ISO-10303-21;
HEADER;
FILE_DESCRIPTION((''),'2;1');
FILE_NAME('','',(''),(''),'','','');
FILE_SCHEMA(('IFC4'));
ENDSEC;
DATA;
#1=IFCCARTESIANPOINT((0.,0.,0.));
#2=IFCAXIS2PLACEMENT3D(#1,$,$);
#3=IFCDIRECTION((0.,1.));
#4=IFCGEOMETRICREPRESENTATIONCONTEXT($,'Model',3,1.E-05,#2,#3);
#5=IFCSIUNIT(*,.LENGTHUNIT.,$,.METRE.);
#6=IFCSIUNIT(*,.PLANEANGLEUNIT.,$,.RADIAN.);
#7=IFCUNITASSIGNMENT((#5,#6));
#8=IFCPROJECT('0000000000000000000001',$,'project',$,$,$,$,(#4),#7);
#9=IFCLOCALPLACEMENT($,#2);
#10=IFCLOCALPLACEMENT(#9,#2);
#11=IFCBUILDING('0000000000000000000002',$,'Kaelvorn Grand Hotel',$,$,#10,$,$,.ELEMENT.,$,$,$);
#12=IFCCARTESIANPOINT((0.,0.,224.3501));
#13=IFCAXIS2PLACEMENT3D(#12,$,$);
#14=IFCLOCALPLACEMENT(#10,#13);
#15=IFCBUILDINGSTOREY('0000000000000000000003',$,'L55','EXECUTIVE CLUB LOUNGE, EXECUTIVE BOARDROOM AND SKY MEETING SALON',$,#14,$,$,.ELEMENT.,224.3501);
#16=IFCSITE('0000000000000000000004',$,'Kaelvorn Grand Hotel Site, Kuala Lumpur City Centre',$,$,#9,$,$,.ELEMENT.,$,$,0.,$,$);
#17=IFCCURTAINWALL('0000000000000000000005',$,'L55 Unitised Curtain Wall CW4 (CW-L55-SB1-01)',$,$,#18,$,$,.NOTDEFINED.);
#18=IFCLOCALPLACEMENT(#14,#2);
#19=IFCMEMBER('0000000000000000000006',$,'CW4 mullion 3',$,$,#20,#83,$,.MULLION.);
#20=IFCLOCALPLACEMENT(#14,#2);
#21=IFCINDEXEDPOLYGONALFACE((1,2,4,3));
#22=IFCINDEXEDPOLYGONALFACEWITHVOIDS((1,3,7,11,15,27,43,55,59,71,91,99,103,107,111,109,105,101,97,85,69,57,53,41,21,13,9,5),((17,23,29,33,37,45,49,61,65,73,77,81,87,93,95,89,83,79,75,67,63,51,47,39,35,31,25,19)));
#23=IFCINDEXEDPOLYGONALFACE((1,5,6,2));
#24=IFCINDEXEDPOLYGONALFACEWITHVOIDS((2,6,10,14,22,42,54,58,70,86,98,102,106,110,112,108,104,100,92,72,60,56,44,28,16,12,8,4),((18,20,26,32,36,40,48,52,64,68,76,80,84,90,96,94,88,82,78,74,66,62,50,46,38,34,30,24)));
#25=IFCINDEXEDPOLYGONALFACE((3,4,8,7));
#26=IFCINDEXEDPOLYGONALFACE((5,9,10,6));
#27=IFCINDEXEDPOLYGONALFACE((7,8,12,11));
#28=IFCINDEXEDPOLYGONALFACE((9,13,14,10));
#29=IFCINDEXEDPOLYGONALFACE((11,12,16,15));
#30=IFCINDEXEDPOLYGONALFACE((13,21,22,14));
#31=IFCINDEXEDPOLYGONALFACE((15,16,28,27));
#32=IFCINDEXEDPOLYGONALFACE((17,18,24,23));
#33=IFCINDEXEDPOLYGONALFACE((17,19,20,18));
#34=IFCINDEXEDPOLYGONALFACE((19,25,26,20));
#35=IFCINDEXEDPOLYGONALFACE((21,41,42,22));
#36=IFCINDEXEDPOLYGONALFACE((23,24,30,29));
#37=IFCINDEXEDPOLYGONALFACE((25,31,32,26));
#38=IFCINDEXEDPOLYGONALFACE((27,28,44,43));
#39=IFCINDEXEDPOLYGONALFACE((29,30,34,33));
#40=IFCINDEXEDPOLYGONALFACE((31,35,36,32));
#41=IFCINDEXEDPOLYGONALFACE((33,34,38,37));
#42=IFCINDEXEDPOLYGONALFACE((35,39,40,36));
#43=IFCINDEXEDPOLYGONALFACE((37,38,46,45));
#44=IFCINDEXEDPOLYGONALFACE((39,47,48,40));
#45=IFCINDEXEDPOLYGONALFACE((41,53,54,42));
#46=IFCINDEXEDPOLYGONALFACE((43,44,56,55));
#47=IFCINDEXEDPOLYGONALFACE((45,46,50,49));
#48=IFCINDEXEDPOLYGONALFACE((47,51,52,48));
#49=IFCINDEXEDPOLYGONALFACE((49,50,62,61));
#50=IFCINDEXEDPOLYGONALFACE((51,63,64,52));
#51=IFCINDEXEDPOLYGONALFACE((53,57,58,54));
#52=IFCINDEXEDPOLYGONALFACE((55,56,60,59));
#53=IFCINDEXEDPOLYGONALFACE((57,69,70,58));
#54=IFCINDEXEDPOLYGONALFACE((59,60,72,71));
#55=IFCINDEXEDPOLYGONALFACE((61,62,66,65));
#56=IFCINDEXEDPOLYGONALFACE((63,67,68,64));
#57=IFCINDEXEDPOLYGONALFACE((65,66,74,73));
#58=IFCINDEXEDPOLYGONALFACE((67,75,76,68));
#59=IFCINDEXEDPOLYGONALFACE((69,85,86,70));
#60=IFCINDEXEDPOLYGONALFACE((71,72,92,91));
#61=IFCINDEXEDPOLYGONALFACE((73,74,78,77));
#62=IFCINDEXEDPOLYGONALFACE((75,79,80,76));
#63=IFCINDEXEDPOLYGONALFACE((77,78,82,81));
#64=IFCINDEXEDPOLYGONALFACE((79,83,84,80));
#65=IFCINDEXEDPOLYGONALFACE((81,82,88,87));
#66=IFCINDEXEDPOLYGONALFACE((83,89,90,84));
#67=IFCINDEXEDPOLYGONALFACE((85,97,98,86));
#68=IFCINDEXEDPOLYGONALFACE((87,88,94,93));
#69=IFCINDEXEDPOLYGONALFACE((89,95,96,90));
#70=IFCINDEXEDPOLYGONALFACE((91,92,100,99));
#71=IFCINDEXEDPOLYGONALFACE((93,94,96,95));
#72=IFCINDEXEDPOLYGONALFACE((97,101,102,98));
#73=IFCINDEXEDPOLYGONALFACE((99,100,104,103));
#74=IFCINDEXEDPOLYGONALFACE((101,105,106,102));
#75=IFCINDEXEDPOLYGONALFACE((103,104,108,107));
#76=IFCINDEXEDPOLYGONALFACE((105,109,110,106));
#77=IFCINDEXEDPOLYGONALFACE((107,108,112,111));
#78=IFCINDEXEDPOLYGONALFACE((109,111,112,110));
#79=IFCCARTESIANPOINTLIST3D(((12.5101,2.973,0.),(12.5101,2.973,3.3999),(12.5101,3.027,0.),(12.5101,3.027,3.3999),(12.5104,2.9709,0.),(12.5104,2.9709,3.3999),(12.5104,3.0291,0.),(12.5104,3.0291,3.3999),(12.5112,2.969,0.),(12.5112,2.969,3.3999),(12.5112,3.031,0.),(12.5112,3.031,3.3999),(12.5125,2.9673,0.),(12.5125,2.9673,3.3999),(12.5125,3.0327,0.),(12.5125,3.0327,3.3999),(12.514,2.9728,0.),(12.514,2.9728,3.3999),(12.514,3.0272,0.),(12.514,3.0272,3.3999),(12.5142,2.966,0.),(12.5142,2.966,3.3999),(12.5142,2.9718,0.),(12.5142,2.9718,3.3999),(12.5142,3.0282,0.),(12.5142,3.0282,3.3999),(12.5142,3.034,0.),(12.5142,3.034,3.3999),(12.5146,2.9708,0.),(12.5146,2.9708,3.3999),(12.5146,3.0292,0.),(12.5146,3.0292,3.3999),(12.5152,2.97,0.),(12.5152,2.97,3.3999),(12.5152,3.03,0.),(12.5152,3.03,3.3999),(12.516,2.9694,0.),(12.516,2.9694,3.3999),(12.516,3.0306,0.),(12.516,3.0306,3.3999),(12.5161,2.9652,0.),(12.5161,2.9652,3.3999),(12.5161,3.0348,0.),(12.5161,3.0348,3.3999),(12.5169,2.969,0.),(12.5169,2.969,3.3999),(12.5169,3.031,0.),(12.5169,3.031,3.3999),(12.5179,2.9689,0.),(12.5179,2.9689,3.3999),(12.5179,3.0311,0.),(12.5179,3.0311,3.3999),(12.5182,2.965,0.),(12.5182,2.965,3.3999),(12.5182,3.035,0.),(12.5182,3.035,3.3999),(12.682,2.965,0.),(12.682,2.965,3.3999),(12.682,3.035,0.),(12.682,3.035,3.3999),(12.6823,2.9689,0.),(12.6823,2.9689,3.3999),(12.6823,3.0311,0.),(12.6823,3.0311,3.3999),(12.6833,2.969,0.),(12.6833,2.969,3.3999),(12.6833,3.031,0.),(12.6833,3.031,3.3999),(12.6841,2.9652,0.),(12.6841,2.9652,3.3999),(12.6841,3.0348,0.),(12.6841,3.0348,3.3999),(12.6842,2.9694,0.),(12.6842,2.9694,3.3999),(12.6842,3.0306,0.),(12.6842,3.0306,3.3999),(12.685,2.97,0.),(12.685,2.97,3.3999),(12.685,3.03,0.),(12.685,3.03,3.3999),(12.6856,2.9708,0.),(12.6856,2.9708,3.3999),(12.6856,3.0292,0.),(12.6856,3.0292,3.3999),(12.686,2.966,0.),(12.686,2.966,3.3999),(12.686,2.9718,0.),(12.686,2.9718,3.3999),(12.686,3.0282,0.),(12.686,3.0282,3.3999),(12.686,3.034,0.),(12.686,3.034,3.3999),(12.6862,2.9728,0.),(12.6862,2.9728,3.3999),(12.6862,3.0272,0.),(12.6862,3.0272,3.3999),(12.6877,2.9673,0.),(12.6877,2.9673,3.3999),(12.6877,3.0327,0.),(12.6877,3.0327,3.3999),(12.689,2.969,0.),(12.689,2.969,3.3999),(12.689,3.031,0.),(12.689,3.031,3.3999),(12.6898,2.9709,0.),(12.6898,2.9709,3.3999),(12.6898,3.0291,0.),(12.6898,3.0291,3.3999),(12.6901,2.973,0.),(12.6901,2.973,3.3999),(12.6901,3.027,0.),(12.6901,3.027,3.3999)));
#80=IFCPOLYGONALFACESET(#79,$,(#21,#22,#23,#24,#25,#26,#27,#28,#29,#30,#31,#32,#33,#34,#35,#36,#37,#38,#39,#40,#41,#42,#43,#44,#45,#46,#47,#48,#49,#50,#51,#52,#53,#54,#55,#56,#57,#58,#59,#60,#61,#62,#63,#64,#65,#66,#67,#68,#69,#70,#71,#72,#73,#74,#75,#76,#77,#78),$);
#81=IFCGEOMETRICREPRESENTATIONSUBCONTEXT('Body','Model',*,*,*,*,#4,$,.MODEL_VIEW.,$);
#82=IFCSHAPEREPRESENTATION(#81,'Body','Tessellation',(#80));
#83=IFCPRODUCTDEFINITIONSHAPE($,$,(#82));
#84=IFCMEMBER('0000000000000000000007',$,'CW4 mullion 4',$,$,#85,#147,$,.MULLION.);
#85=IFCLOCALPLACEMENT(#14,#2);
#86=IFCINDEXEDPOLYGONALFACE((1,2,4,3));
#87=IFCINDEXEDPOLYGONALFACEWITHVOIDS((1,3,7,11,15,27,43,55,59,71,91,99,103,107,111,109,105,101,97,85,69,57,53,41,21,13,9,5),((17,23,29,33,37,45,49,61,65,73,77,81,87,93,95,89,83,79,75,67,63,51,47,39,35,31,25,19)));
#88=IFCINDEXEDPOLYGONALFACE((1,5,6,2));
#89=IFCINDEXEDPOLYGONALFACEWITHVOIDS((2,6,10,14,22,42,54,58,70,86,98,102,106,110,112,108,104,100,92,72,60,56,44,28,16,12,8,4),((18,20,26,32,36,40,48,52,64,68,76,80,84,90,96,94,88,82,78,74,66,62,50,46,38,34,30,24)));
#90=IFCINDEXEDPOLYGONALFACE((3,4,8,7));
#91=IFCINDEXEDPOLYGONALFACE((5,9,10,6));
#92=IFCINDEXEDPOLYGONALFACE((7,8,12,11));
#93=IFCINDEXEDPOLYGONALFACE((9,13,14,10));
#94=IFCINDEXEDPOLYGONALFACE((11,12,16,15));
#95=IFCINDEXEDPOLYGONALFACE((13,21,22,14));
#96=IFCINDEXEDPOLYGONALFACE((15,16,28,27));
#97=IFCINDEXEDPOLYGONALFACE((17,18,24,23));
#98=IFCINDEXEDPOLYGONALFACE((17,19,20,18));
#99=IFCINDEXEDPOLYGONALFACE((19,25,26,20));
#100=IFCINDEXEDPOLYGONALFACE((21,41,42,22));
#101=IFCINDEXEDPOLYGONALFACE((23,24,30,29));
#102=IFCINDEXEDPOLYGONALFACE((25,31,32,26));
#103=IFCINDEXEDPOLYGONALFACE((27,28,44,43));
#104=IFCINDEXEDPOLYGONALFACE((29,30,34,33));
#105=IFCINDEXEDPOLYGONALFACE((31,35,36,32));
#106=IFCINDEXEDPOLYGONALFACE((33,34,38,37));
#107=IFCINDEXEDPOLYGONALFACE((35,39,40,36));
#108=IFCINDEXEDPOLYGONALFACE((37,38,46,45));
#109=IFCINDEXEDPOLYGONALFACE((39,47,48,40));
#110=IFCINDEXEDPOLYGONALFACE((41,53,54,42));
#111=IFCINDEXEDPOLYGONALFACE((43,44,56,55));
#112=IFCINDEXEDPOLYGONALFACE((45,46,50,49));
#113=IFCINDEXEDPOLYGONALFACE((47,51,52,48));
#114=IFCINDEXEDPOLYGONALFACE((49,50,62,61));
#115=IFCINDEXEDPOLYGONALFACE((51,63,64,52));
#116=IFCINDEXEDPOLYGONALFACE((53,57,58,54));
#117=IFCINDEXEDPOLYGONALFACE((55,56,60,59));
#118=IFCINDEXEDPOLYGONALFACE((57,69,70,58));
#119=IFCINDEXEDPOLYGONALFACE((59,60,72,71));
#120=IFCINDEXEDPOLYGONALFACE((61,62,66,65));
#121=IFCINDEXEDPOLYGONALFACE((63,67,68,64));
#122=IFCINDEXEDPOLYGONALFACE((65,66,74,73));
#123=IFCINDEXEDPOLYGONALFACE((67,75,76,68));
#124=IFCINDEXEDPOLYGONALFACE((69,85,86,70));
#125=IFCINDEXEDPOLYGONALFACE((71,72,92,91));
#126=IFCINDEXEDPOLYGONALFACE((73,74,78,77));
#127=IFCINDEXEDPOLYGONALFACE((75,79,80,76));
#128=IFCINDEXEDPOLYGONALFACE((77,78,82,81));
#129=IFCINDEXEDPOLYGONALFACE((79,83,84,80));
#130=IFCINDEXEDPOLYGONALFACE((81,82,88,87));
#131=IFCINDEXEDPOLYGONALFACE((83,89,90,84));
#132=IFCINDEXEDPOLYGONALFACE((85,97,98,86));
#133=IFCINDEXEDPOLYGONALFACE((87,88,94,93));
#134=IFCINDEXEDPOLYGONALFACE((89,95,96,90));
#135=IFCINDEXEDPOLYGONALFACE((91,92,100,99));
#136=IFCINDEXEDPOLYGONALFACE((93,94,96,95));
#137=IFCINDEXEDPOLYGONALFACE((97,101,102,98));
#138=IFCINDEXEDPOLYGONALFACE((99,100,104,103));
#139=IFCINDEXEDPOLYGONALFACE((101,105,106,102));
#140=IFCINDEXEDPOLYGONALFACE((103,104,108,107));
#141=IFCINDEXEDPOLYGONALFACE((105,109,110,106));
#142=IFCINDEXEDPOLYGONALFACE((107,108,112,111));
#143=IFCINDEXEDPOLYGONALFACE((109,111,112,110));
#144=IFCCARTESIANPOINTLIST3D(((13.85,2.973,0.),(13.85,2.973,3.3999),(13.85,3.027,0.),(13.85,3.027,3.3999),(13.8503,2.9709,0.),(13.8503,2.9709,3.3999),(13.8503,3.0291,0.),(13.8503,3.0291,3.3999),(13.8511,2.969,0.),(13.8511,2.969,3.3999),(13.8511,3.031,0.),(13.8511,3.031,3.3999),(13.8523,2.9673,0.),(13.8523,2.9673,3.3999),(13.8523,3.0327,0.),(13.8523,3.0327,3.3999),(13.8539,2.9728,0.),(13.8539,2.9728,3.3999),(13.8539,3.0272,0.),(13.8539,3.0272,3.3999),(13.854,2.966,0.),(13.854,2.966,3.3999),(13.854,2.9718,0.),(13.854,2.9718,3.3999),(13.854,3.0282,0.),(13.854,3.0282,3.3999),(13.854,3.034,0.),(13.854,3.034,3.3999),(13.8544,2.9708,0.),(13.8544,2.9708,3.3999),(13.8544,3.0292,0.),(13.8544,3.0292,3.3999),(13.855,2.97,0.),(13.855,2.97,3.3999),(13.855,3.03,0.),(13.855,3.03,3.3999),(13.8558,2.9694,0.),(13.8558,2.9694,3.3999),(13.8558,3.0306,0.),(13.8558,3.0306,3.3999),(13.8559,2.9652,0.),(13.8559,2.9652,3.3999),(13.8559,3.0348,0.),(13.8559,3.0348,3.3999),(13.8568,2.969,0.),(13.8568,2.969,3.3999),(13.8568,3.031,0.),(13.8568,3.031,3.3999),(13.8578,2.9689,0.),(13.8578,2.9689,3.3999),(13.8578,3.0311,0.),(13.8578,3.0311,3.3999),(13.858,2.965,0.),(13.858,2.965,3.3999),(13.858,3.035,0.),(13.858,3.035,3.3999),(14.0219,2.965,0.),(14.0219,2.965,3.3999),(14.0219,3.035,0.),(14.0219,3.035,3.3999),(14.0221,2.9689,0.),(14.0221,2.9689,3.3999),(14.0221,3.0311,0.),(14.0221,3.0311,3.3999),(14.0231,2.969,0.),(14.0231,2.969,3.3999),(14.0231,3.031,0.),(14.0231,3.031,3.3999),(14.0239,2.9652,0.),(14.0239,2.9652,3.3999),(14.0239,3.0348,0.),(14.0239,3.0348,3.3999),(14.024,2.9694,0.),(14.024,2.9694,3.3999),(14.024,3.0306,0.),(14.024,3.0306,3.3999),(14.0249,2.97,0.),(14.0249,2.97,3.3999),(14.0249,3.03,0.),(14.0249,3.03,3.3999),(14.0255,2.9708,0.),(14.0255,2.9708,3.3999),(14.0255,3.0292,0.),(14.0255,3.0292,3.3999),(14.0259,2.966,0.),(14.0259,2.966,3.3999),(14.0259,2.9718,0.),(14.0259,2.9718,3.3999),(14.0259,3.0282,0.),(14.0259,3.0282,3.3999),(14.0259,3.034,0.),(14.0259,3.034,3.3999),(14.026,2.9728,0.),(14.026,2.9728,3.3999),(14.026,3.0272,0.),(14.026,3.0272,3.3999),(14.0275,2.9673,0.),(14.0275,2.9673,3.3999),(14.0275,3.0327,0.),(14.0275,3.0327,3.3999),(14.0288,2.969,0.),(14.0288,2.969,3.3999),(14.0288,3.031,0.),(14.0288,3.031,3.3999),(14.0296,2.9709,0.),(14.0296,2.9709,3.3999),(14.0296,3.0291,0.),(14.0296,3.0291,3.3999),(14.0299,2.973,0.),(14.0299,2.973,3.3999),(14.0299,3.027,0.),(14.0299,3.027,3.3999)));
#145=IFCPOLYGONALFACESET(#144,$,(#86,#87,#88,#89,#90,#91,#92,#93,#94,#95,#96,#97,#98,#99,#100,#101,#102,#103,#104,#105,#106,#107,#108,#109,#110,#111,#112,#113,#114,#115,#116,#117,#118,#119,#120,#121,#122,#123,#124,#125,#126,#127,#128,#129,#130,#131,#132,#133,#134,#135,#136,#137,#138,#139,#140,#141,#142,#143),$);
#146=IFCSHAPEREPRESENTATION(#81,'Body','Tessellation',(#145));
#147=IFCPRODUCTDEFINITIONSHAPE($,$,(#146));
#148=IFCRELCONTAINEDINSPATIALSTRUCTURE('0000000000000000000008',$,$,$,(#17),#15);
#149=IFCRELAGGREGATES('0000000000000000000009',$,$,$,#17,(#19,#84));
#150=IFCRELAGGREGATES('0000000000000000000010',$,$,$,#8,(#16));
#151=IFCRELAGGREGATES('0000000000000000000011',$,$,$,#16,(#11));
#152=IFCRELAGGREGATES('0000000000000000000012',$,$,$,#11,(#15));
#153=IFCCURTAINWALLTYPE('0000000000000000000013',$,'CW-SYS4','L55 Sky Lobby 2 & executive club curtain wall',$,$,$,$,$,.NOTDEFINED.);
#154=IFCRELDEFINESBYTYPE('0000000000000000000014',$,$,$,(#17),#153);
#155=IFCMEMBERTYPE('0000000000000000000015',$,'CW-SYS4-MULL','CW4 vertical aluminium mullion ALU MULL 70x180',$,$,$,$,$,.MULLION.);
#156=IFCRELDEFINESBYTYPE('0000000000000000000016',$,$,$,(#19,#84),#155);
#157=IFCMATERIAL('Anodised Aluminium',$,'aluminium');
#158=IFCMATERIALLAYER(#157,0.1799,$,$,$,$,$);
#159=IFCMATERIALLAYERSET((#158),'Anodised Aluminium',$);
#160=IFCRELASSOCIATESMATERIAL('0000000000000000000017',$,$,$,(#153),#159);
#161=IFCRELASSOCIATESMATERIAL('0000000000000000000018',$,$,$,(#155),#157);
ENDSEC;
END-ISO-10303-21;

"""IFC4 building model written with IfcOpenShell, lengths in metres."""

from ifc_helpers import new_model, si_unit, direction, frame, origin, origin_2d, place, context, subcontext, project, spatial, hollow_rectangle, extrude, material, layer, layer_set, material_profile, profile_set, type_object, element, aggregate, save


model = new_model("IFC4")

# Units and contexts
model_context = context("Model", 3, precision=1e-05, world=origin(), true_north=direction((0.0, 1.0)))
body_context = subcontext(model_context, "Body", "Model", "MODEL_VIEW")
ifc_project = project(units=[si_unit("LENGTHUNIT", "METRE"), si_unit("PLANEANGLEUNIT", "RADIAN")], contexts=[model_context])

# Site, building, storey
site_placement = place(None, origin())
site = spatial("IfcSite", under=ifc_project, at=site_placement, Name="Kaelvorn Grand Hotel Site, Kuala Lumpur City Centre", CompositionType="ELEMENT", RefElevation=0.0)
building_placement = place(site_placement, origin())
building = spatial("IfcBuilding", under=site, at=building_placement, Name="Kaelvorn Grand Hotel", CompositionType="ELEMENT")
storey_placement = place(building_placement, frame((0.0, 0.0, 224.3501)))
storey = spatial("IfcBuildingStorey", under=building, at=storey_placement, Name="L55", Description="EXECUTIVE CLUB LOUNGE, EXECUTIVE BOARDROOM AND SKY MEETING SALON", CompositionType="ELEMENT", Elevation=224.3501)

# Curtain wall, members
ifc_material_1 = material(Name="Anodised Aluminium", Category="aluminium")
ifc_layer_1 = layer(ifc_material_1, 0.1799)
ifc_layer_set_1 = layer_set([ifc_layer_1], Name="Anodised Aluminium")
curtain_wall_type = type_object("IfcCurtainWallType", Name="CW-SYS4", Description="L55 Sky Lobby 2 & executive club curtain wall", PredefinedType="NOTDEFINED", material=ifc_layer_set_1)
curtain_wall_placement = place(storey_placement, origin())
curtain_wall = element("IfcCurtainWall", 1, at=curtain_wall_placement, inside=storey, type_object=curtain_wall_type, Name="L55 Unitised Curtain Wall CW4 (CW-L55-SB1-01)", PredefinedType="NOTDEFINED")
ifc_material_profile_1 = material_profile(ifc_material_1, hollow_rectangle(XDim=0.0701, YDim=0.1799, WallThickness=0.0039, InnerFilletRadius=0.0039, OuterFilletRadius=0.0081, at=origin_2d()), Name="ALU MULL 70x180")
ifc_profile_set_1 = profile_set([ifc_material_profile_1], Name="Anodised Aluminium")
member_type_1 = type_object("IfcMemberType", Name="CW-SYS4-MULL", Description="CW4 vertical aluminium mullion ALU MULL 70x180", PredefinedType="MULLION", material=ifc_profile_set_1)
member_1_placement = place(storey_placement, frame((12.6001, 3.0, 0.0), z_axis=(0.0, 0.0, 1.0), x_axis=(0.0, 1.0, 0.0)))
member_1 = element("IfcMember", 2, at=member_1_placement, type_object=member_type_1, Name="CW4 mullion 3", PredefinedType="MULLION", context=body_context, shape_type="SweptSolid", body=[
    extrude(hollow_rectangle(XDim=0.0701, YDim=0.1799, WallThickness=0.0039, InnerFilletRadius=0.0039, OuterFilletRadius=0.0081, at=origin_2d()), origin(), (0.0, 0.0, 1.0), 3.3999),
])
member_2_placement = place(storey_placement, frame((13.9399, 3.0, 0.0), z_axis=(0.0, 0.0, 1.0), x_axis=(0.0, 1.0, 0.0)))
member_2 = element("IfcMember", 3, at=member_2_placement, type_object=member_type_1, Name="CW4 mullion 4", PredefinedType="MULLION", context=body_context, shape_type="SweptSolid", body=[
    extrude(hollow_rectangle(XDim=0.0701, YDim=0.1799, WallThickness=0.0039, InnerFilletRadius=0.0039, OuterFilletRadius=0.0081, at=origin_2d()), origin(), (0.0, 0.0, 1.0), 3.3999),
])
aggregate(curtain_wall, [member_1, member_2])

save(model, "model.ifc")
